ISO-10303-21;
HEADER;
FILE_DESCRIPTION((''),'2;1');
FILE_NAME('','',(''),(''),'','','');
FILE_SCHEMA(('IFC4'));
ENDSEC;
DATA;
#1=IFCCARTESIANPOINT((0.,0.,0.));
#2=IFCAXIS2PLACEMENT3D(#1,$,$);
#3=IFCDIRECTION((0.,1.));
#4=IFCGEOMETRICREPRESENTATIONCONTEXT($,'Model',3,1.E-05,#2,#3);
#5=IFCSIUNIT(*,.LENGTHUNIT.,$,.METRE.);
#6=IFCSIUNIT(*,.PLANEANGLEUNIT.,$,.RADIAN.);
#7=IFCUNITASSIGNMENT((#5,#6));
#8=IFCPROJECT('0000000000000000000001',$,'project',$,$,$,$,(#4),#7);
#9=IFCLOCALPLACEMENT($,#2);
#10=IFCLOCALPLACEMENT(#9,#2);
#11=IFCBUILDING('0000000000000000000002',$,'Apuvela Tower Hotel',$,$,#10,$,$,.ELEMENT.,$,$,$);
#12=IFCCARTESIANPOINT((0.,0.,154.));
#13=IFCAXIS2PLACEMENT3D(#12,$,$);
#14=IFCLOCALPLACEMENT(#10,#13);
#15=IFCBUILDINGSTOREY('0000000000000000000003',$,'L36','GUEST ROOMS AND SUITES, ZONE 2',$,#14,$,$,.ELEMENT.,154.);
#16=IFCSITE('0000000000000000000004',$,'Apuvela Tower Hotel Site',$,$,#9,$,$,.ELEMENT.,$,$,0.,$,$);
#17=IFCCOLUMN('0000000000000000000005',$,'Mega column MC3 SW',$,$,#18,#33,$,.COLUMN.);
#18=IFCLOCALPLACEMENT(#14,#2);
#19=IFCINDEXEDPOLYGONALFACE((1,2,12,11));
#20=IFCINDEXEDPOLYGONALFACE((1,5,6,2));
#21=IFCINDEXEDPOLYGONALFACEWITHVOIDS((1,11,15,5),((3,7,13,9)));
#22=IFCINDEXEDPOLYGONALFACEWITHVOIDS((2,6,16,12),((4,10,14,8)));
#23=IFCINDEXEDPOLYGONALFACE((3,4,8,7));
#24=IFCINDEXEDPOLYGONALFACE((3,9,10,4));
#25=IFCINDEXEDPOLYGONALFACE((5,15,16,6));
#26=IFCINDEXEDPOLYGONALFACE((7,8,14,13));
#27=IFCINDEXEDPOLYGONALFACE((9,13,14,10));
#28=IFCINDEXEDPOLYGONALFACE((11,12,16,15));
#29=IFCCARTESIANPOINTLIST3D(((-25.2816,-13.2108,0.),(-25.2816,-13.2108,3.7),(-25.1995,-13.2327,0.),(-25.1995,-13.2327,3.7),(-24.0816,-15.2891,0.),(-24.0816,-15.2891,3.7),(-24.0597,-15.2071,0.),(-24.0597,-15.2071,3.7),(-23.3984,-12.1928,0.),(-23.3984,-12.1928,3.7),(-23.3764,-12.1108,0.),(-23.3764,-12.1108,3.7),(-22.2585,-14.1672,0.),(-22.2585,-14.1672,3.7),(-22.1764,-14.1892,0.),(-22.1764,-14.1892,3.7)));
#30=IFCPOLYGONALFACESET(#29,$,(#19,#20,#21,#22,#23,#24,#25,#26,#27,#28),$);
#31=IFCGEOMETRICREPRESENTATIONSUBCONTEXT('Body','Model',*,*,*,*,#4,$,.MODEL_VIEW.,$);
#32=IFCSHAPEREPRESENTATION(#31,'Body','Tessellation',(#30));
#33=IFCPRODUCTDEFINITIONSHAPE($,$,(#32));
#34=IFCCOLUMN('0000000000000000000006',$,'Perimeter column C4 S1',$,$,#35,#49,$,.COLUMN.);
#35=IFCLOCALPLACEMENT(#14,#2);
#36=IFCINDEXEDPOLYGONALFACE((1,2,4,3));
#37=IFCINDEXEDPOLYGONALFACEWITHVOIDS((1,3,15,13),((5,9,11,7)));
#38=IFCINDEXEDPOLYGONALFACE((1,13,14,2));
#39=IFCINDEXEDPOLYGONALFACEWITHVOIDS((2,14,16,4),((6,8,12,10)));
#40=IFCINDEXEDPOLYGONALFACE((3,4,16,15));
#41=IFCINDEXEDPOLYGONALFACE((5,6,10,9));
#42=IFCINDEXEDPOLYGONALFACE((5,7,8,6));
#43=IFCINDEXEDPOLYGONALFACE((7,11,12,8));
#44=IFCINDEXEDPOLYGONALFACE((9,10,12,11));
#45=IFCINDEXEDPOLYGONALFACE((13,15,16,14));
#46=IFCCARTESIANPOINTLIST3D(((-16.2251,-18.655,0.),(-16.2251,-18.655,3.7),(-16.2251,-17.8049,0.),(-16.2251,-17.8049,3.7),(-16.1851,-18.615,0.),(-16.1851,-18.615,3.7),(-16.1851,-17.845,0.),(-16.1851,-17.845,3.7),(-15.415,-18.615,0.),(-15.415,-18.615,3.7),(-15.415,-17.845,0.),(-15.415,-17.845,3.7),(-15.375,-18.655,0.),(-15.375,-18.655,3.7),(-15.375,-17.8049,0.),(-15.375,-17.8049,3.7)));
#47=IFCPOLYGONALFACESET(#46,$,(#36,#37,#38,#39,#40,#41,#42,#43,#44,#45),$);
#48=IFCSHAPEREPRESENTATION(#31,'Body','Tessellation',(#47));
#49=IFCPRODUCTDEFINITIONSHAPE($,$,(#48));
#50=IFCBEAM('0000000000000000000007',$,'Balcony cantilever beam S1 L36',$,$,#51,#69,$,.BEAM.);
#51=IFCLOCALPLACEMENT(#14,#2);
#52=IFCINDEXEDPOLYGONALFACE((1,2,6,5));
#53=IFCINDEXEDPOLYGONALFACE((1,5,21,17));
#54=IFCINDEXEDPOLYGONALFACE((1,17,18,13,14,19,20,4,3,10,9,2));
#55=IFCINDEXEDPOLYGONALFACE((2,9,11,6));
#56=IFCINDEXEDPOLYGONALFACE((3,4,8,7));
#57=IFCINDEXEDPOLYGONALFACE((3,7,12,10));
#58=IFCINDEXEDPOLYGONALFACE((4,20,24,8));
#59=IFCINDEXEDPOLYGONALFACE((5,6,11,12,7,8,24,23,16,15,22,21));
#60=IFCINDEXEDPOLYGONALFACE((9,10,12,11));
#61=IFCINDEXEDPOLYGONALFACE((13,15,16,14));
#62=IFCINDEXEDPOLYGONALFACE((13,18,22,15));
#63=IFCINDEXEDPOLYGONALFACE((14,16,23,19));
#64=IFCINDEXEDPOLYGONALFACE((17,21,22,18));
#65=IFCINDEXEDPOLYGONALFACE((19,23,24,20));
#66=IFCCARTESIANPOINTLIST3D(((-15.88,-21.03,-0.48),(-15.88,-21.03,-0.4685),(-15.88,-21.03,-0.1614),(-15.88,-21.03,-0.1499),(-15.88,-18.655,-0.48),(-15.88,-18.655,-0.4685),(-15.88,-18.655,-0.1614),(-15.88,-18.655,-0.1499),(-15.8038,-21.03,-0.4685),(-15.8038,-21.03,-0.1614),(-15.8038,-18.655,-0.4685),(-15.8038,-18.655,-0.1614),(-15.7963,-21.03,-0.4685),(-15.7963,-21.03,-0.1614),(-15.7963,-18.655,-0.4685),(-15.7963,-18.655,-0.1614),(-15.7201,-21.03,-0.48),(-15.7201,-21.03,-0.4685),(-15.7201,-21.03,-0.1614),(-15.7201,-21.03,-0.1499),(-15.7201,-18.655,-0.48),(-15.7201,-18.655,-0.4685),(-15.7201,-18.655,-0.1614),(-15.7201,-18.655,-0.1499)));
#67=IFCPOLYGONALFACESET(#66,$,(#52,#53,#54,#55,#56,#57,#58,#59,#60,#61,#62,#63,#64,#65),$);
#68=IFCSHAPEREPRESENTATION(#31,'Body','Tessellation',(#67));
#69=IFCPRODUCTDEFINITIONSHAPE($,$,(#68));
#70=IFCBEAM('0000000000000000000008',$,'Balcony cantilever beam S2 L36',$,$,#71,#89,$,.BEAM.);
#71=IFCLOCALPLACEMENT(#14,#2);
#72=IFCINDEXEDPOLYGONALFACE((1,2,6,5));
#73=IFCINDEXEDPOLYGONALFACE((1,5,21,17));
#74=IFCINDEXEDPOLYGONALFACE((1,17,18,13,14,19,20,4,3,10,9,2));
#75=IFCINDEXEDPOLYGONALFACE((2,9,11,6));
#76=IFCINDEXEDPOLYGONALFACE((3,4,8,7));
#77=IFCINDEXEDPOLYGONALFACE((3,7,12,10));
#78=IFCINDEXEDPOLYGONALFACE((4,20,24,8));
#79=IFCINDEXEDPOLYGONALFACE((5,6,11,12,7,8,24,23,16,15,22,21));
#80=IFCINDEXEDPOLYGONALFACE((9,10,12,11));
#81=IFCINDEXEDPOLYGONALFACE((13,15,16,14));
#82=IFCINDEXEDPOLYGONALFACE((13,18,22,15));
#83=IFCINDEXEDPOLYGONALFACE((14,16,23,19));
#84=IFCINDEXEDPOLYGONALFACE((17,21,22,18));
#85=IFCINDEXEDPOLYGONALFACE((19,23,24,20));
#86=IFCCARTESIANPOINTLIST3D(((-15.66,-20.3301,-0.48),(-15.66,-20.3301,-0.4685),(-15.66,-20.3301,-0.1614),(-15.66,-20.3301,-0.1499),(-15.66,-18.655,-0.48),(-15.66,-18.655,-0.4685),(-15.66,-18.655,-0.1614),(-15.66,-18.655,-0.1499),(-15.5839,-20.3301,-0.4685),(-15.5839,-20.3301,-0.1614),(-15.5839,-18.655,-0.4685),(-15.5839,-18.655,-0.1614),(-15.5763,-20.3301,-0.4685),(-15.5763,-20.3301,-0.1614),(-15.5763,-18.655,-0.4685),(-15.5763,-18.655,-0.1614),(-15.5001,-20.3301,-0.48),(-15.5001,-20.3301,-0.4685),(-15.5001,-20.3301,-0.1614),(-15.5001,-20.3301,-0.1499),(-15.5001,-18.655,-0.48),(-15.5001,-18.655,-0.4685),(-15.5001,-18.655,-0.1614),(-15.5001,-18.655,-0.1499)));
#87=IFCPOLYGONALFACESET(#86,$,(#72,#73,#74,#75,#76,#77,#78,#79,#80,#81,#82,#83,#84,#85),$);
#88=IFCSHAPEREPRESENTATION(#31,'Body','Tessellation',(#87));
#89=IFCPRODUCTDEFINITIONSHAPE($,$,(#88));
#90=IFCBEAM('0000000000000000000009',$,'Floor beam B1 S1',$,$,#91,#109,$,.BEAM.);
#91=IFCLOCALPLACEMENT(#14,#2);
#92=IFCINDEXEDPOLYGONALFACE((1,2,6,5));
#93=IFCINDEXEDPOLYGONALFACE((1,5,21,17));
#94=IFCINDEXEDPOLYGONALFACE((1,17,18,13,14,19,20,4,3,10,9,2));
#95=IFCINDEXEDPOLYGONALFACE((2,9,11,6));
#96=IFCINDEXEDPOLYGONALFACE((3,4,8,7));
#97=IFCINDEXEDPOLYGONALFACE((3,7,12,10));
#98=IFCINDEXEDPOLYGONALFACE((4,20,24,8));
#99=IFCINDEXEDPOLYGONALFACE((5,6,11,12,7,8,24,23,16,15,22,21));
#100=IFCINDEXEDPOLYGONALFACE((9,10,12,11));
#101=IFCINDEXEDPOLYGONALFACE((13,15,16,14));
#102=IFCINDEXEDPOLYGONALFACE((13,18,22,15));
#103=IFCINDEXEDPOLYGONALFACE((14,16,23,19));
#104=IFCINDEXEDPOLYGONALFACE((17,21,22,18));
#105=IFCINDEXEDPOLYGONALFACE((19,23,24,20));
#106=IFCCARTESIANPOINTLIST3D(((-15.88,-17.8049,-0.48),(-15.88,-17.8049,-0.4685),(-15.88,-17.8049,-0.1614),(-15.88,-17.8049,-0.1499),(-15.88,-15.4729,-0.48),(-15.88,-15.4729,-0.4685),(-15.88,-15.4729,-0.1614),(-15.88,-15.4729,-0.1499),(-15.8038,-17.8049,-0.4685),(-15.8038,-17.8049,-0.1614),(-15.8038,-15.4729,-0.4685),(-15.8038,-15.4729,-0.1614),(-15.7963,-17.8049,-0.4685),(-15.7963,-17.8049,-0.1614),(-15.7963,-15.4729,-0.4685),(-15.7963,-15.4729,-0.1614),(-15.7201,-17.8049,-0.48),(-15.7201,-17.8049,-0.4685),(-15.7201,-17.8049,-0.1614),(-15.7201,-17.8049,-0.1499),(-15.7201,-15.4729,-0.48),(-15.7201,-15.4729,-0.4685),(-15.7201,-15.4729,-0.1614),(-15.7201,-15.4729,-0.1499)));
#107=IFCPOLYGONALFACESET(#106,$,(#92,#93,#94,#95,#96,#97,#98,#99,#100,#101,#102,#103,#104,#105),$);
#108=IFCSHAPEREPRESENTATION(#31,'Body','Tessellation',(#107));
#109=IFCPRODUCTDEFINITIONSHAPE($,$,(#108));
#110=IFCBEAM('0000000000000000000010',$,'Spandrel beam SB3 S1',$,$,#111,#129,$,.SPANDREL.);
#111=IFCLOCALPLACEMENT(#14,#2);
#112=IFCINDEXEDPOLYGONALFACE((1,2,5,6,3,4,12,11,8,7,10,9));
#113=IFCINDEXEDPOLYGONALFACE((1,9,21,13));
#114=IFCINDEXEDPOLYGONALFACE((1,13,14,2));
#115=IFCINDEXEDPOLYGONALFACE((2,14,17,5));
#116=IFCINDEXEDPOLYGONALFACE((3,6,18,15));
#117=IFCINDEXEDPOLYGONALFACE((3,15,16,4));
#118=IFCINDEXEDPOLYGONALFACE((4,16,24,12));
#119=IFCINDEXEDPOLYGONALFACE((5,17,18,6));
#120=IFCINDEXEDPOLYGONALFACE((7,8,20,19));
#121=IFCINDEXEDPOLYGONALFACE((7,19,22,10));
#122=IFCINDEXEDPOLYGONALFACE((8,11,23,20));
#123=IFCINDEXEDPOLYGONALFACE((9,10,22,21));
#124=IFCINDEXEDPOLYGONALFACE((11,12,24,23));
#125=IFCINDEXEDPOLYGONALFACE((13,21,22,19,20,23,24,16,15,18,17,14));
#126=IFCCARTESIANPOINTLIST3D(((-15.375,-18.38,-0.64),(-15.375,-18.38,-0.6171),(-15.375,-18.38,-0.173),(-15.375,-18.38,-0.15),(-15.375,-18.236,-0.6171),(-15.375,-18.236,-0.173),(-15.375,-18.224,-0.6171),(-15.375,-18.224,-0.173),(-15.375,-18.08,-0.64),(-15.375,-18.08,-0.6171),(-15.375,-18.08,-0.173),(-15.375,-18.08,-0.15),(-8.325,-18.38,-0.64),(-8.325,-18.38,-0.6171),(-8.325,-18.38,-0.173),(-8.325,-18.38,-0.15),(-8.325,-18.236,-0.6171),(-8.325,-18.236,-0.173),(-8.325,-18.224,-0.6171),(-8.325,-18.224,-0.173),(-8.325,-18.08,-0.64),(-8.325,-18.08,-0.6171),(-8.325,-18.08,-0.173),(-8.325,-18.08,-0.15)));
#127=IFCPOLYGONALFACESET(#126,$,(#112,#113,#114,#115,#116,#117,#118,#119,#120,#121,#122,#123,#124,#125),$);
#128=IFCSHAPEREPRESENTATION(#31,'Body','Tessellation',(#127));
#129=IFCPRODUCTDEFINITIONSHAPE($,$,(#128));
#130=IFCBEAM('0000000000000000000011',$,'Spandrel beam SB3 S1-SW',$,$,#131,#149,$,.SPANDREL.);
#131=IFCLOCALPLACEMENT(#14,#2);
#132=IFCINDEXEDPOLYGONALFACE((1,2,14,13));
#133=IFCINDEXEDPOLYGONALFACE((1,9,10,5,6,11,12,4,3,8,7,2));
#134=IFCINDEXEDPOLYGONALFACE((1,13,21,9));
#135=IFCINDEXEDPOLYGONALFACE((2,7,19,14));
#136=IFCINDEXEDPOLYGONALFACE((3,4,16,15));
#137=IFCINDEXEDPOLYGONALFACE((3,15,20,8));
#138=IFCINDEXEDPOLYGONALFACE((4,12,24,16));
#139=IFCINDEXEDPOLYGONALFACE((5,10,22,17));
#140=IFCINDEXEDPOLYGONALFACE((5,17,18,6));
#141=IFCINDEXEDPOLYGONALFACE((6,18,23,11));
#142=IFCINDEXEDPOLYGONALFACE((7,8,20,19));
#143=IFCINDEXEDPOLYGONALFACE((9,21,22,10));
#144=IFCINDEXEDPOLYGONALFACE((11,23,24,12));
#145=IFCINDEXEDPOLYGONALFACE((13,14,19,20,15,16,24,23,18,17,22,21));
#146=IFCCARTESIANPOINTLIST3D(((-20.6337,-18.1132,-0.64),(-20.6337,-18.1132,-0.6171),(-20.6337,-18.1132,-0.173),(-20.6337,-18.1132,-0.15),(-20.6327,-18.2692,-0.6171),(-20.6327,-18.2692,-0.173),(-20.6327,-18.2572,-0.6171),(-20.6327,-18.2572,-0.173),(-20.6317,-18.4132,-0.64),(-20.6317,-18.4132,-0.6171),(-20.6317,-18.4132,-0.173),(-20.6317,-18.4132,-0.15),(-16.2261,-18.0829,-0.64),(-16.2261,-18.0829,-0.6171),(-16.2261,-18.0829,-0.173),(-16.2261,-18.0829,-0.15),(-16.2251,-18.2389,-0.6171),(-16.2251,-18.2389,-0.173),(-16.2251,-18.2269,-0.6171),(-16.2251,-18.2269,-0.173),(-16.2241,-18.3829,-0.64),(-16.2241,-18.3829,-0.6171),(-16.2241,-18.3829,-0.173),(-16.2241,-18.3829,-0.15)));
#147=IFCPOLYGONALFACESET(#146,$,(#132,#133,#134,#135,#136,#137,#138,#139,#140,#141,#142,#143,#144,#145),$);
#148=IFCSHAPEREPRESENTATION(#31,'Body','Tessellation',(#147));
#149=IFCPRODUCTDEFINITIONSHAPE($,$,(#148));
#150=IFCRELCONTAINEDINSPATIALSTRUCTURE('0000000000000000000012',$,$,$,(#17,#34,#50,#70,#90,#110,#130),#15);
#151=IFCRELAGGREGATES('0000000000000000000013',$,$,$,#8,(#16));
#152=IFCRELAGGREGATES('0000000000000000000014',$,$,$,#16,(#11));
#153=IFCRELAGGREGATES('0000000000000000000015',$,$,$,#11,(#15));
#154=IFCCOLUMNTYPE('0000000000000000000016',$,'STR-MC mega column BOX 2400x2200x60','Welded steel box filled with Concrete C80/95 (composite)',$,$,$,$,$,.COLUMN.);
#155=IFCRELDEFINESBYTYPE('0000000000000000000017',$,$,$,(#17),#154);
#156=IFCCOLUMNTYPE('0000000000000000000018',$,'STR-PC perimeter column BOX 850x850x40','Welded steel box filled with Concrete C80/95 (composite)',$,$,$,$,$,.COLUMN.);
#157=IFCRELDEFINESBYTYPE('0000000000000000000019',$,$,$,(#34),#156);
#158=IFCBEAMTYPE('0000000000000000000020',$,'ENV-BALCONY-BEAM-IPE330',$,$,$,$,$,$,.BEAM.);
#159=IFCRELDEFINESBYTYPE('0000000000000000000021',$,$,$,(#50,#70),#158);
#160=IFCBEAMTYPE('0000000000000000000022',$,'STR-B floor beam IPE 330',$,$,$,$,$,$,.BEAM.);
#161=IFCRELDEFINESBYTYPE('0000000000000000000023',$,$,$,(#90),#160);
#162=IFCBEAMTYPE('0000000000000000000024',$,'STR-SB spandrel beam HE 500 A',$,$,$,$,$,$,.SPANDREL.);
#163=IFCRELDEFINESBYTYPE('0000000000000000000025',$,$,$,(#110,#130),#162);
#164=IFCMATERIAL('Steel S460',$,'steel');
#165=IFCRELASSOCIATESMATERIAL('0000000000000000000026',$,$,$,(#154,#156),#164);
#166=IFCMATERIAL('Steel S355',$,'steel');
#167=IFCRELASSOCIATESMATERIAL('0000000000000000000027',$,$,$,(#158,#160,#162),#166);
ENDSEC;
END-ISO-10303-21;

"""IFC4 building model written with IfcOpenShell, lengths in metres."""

from ifc_helpers import new_model, si_unit, direction, frame, origin, origin_2d, place, context, subcontext, project, spatial, rectangle, hollow_rectangle, i_section, extrude, material, material_profile, profile_set, type_object, element, save


model = new_model("IFC4")

# Units and contexts
model_context = context("Model", 3, precision=1e-05, world=origin(), true_north=direction((0.0, 1.0)))
body_context = subcontext(model_context, "Body", "Model", "MODEL_VIEW")
ifc_project = project(units=[si_unit("LENGTHUNIT", "METRE"), si_unit("PLANEANGLEUNIT", "RADIAN")], contexts=[model_context])

# Site, building, storey
site_placement = place(None, origin())
site = spatial("IfcSite", under=ifc_project, at=site_placement, Name="Apuvela Tower Hotel Site", CompositionType="ELEMENT", RefElevation=0.0)
building_placement = place(site_placement, origin())
building = spatial("IfcBuilding", under=site, at=building_placement, Name="Apuvela Tower Hotel", CompositionType="ELEMENT")
storey_placement = place(building_placement, frame((0.0, 0.0, 154.0)))
storey = spatial("IfcBuildingStorey", under=building, at=storey_placement, Name="L36", Description="GUEST ROOMS AND SUITES, ZONE 2", CompositionType="ELEMENT", Elevation=154.0)

# Columns
ifc_material_1 = material(Name="Steel S460", Category="steel")
ifc_material_profile_1 = material_profile(ifc_material_1, hollow_rectangle(XDim=2.3999, YDim=2.2, WallThickness=0.0601, at=origin_2d()), Name="BOX 2400x2200x60")
ifc_material_2 = material(Name="Concrete C80/95", Category="concrete")
ifc_material_profile_2 = material_profile(ifc_material_2, rectangle(XDim=2.28, YDim=2.0801, at=origin_2d()), Name="Concrete C80/95 infill")
ifc_profile_set_1 = profile_set([ifc_material_profile_1, ifc_material_profile_2], Name="Steel S460")
column_type_1 = type_object("IfcColumnType", Name="STR-MC mega column BOX 2400x2200x60", Description="Welded steel box filled with Concrete C80/95 (composite)", PredefinedType="COLUMN", material=ifc_profile_set_1)
column_1_placement = place(storey_placement, frame((-23.729, -13.7, 0.0), z_axis=(0.0, 0.0, 1.0), x_axis=(-0.5, 0.866025, 0.0)))
element("IfcColumn", 1, at=column_1_placement, inside=storey, type_object=column_type_1, Name="Mega column MC3 SW", PredefinedType="COLUMN", context=body_context, shape_type="SweptSolid", body=[
    extrude(hollow_rectangle(XDim=2.3999, YDim=2.2, WallThickness=0.0601, at=origin_2d()), origin(), (0.0, 0.0, 1.0), 3.7),
])
ifc_material_profile_3 = material_profile(ifc_material_1, hollow_rectangle(XDim=0.8501, YDim=0.8501, WallThickness=0.04, at=origin_2d()), Name="BOX 850x850x40")
ifc_material_profile_4 = material_profile(ifc_material_2, rectangle(XDim=0.77, YDim=0.77, at=origin_2d()), Name="Concrete C80/95 infill")
ifc_profile_set_2 = profile_set([ifc_material_profile_3, ifc_material_profile_4], Name="Steel S460")
column_type_2 = type_object("IfcColumnType", Name="STR-PC perimeter column BOX 850x850x40", Description="Welded steel box filled with Concrete C80/95 (composite)", PredefinedType="COLUMN", material=ifc_profile_set_2)
column_2_placement = place(storey_placement, frame((-15.8, -18.23, 0.0), z_axis=(0.0, 0.0, 1.0), x_axis=(-1.0, 0.0, 0.0)))
element("IfcColumn", 2, at=column_2_placement, inside=storey, type_object=column_type_2, Name="Perimeter column C4 S1", PredefinedType="COLUMN", context=body_context, shape_type="SweptSolid", body=[
    extrude(hollow_rectangle(XDim=0.8501, YDim=0.8501, WallThickness=0.04, at=origin_2d()), origin(), (0.0, 0.0, 1.0), 3.7),
])

# Beams
ifc_material_3 = material(Name="Steel S355", Category="steel")
ifc_material_profile_5 = material_profile(ifc_material_3, i_section(OverallWidth=0.1599, OverallDepth=0.3301, WebThickness=0.0076, FlangeThickness=0.0115, at=origin_2d()), Name="IPE 330")
ifc_profile_set_3 = profile_set([ifc_material_profile_5], Name="Steel S355")
beam_type_1 = type_object("IfcBeamType", Name="ENV-BALCONY-BEAM-IPE330", PredefinedType="BEAM", material=ifc_profile_set_3)
beam_1_placement = place(storey_placement, frame((-15.8, -18.655, -0.3149), z_axis=(0.0, -1.0, 0.0), x_axis=(1.0, 0.0, 0.0)))
element("IfcBeam", 3, at=beam_1_placement, inside=storey, type_object=beam_type_1, Name="Balcony cantilever beam S1 L36", PredefinedType="BEAM", context=body_context, shape_type="SweptSolid", body=[
    extrude(i_section(OverallWidth=0.1599, OverallDepth=0.3301, WebThickness=0.0076, FlangeThickness=0.0115, at=origin_2d()), origin(), (0.0, 0.0, 1.0), 2.375),
])
beam_2_placement = place(storey_placement, frame((-15.5801, -18.655, -0.3149), z_axis=(0.0, -1.0, 0.0), x_axis=(1.0, 0.0, 0.0)))
element("IfcBeam", 4, at=beam_2_placement, inside=storey, type_object=beam_type_1, Name="Balcony cantilever beam S2 L36", PredefinedType="BEAM", context=body_context, shape_type="SweptSolid", body=[
    extrude(i_section(OverallWidth=0.1599, OverallDepth=0.3301, WebThickness=0.0076, FlangeThickness=0.0115, at=origin_2d()), origin(), (0.0, 0.0, 1.0), 1.675),
])
ifc_material_profile_6 = material_profile(ifc_material_3, i_section(OverallWidth=0.1599, OverallDepth=0.3301, WebThickness=0.0076, FlangeThickness=0.0115, at=origin_2d()), Name="IPE 330")
ifc_profile_set_4 = profile_set([ifc_material_profile_6], Name="Steel S355")
beam_type_2 = type_object("IfcBeamType", Name="STR-B floor beam IPE 330", PredefinedType="BEAM", material=ifc_profile_set_4)
beam_3_placement = place(storey_placement, frame((-15.8, -17.8049, -0.3149), z_axis=(0.0, 1.0, 0.0), x_axis=(-1.0, 0.0, 0.0)))
element("IfcBeam", 5, at=beam_3_placement, inside=storey, type_object=beam_type_2, Name="Floor beam B1 S1", PredefinedType="BEAM", context=body_context, shape_type="SweptSolid", body=[
    extrude(i_section(OverallWidth=0.1599, OverallDepth=0.3301, WebThickness=0.0076, FlangeThickness=0.0115, at=origin_2d()), origin(), (0.0, 0.0, 1.0), 2.332),
])
ifc_material_profile_7 = material_profile(ifc_material_3, i_section(OverallWidth=0.3, OverallDepth=0.49, WebThickness=0.012, FlangeThickness=0.0229, at=origin_2d()), Name="HE 500 A")
ifc_profile_set_5 = profile_set([ifc_material_profile_7], Name="Steel S355")
beam_type_3 = type_object("IfcBeamType", Name="STR-SB spandrel beam HE 500 A", PredefinedType="SPANDREL", material=ifc_profile_set_5)
beam_4_placement = place(storey_placement, frame((-15.375, -18.23, -0.395), z_axis=(1.0, 0.0, 0.0), x_axis=(0.0, 1.0, 0.0)))
element("IfcBeam", 6, at=beam_4_placement, inside=storey, type_object=beam_type_3, Name="Spandrel beam SB3 S1", PredefinedType="SPANDREL", context=body_context, shape_type="SweptSolid", body=[
    extrude(i_section(OverallWidth=0.3, OverallDepth=0.49, WebThickness=0.012, FlangeThickness=0.0229, at=origin_2d()), origin(), (0.0, 0.0, 1.0), 7.05),
])
beam_5_placement = place(storey_placement, frame((-16.2251, -18.2329, -0.395), z_axis=(-0.999976, -0.006868, 0.0), x_axis=(0.006868, -0.999976, 0.0)))
element("IfcBeam", 7, at=beam_5_placement, inside=storey, type_object=beam_type_3, Name="Spandrel beam SB3 S1-SW", PredefinedType="SPANDREL", context=body_context, shape_type="SweptSolid", body=[
    extrude(i_section(OverallWidth=0.3, OverallDepth=0.49, WebThickness=0.012, FlangeThickness=0.0229, at=origin_2d()), origin(), (0.0, 0.0, 1.0), 4.4077),
])

save(model, "model.ifc")
